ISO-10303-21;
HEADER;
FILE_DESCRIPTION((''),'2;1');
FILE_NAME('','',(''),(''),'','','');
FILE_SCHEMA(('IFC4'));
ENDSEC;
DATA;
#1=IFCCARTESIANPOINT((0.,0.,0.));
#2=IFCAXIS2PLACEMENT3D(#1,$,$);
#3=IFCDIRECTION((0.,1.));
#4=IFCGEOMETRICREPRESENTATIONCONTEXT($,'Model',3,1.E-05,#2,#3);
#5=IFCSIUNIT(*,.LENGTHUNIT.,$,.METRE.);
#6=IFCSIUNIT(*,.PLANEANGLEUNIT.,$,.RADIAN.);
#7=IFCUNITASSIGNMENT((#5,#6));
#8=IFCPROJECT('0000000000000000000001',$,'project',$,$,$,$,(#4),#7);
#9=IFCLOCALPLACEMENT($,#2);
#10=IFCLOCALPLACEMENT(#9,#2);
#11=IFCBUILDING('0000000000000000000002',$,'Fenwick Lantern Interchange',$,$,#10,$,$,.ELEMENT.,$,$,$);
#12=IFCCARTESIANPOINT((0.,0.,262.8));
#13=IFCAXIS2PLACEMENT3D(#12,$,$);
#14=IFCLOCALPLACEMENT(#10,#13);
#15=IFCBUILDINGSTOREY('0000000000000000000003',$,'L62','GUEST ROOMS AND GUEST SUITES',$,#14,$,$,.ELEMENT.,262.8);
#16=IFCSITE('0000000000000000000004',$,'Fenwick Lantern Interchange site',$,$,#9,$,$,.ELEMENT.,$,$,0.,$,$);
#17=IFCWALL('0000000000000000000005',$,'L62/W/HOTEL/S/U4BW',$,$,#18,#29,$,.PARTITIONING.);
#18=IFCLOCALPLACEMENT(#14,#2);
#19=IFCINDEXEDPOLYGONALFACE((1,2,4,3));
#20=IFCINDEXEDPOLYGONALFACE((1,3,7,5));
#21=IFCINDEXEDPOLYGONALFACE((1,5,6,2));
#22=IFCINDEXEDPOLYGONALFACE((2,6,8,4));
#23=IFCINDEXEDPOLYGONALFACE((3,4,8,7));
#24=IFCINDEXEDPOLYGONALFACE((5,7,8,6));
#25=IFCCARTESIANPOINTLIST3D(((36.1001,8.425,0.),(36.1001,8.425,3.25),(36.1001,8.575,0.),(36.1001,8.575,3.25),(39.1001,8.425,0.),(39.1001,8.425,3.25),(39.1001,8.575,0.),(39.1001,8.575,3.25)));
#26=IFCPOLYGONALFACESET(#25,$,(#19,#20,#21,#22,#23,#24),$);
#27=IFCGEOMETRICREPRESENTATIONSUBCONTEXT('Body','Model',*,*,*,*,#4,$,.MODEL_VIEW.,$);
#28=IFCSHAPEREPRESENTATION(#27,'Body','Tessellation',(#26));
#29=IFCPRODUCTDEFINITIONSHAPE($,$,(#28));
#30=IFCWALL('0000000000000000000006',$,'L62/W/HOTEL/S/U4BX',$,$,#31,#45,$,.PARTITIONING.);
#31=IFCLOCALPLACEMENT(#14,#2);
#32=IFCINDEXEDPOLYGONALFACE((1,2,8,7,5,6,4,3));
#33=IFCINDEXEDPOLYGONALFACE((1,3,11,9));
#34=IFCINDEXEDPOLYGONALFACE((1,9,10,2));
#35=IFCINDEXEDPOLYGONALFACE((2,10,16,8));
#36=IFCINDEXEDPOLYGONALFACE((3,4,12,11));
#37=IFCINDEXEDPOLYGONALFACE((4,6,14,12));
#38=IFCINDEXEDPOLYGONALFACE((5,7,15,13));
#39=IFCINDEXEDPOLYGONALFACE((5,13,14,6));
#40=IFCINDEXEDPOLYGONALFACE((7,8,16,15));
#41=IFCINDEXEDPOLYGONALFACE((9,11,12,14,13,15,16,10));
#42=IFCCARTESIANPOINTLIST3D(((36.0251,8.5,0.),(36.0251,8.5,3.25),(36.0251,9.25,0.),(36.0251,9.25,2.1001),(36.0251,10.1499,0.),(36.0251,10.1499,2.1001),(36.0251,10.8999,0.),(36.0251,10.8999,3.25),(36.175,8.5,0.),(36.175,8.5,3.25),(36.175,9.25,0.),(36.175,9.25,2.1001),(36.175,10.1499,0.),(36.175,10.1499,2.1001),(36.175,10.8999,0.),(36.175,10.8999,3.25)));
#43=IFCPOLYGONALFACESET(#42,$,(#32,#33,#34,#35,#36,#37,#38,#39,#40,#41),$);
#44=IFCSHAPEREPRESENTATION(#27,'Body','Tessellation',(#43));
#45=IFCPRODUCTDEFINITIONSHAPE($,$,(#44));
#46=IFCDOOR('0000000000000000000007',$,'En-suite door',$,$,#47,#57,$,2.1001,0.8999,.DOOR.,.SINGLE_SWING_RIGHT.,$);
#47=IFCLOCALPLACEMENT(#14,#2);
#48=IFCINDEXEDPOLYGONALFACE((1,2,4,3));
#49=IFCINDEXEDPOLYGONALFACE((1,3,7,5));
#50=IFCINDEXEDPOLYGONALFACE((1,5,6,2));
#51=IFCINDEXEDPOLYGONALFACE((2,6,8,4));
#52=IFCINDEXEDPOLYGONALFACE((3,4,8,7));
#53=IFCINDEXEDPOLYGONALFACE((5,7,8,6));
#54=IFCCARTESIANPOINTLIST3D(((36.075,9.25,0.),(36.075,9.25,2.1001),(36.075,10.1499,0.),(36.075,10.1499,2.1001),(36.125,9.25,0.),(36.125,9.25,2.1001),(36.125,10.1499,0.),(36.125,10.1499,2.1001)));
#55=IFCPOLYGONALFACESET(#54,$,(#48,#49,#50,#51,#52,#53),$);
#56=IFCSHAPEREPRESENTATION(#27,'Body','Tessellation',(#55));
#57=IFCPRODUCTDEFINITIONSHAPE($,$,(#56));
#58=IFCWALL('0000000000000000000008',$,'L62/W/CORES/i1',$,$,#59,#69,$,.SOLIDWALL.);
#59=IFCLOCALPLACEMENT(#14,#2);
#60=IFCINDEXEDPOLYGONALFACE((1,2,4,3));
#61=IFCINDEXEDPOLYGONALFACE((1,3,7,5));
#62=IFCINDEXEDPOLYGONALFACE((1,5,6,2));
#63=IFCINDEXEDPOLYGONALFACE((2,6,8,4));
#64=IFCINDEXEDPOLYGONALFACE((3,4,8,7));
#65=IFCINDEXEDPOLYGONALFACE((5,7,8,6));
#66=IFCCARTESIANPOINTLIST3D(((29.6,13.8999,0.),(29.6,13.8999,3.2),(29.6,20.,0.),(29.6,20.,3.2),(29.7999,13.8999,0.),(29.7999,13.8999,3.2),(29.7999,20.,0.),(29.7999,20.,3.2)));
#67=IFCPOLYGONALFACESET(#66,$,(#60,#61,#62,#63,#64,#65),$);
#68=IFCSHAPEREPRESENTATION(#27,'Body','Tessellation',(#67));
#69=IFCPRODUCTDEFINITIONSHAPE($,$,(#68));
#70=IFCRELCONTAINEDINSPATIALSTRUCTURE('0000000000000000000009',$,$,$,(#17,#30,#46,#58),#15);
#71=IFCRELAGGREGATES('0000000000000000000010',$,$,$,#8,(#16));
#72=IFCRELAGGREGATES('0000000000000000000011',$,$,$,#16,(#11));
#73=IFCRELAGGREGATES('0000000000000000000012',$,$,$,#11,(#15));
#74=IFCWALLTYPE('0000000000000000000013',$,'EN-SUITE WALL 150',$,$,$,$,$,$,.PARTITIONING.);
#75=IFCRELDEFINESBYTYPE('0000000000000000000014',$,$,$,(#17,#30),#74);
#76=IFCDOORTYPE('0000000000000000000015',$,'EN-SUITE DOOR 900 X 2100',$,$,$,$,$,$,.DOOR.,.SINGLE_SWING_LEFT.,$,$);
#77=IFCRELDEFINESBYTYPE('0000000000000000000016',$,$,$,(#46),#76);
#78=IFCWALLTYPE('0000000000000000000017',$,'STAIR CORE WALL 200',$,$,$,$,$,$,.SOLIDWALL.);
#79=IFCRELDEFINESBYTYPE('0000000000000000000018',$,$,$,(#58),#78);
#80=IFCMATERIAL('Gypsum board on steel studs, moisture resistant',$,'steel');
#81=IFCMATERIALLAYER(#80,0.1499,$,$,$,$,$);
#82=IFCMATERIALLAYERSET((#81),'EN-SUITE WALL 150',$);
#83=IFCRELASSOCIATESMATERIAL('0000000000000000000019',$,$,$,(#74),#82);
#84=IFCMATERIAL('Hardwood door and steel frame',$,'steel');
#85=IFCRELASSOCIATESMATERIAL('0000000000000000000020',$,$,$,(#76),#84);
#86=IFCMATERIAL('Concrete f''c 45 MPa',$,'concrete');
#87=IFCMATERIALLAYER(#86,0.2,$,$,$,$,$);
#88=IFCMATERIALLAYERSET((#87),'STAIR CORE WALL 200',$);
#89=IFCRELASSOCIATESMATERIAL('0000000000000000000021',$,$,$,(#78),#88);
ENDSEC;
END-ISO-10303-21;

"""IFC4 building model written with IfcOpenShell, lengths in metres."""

from ifc_helpers import new_model, si_unit, direction, frame, frame_2d, origin, place, context, subcontext, project, spatial, rectangle, extrude, material, layer, layer_set, type_object, element, fill, save


model = new_model("IFC4")

# Units and contexts
model_context = context("Model", 3, precision=1e-05, world=origin(), true_north=direction((0.0, 1.0)))
body_context = subcontext(model_context, "Body", "Model", "MODEL_VIEW")
ifc_project = project(units=[si_unit("LENGTHUNIT", "METRE"), si_unit("PLANEANGLEUNIT", "RADIAN")], contexts=[model_context])

# Site, building, storey
site_placement = place(None, origin())
site = spatial("IfcSite", under=ifc_project, at=site_placement, Name="Fenwick Lantern Interchange site", CompositionType="ELEMENT", RefElevation=0.0)
building_placement = place(site_placement, origin())
building = spatial("IfcBuilding", under=site, at=building_placement, Name="Fenwick Lantern Interchange", CompositionType="ELEMENT")
storey_placement = place(building_placement, frame((0.0, 0.0, 262.8)))
storey = spatial("IfcBuildingStorey", under=building, at=storey_placement, Name="L62", Description="GUEST ROOMS AND GUEST SUITES", CompositionType="ELEMENT", Elevation=262.8)

# Shared definitions
ifc_material_1 = material(Name="Hardwood door and steel frame", Category="steel")

# Shared definitions
ifc_material_2 = material(Name="Gypsum board on steel studs, moisture resistant", Category="steel")
ifc_layer_1 = layer(ifc_material_2, 0.1499)
ifc_layer_set_1 = layer_set([ifc_layer_1], Name="EN-SUITE WALL 150")
wall_type_1 = type_object("IfcWallType", Name="EN-SUITE WALL 150", PredefinedType="PARTITIONING", material=ifc_layer_set_1)

# Wall
wall_1_placement = place(storey_placement, frame((36.1001, 8.5, 0.0), z_axis=(0.0, 0.0, 1.0), x_axis=(1.0, 0.0, 0.0)))
element("IfcWall", 1, at=wall_1_placement, inside=storey, type_object=wall_type_1, Name="L62/W/HOTEL/S/U4BW", PredefinedType="PARTITIONING", context=body_context, shape_type="SweptSolid", body=[
    extrude(rectangle(XDim=3.0, YDim=0.1499, at=frame_2d((1.5, 0.0))), origin(), (0.0, 0.0, 1.0), 3.25),
])

# Wall, opening, door
wall_2_placement = place(storey_placement, frame((36.1001, 8.5, 0.0), z_axis=(0.0, 0.0, 1.0), x_axis=(0.0, 1.0, 0.0)))
wall_2 = element("IfcWall", 2, at=wall_2_placement, inside=storey, type_object=wall_type_1, Name="L62/W/HOTEL/S/U4BX", PredefinedType="PARTITIONING", context=body_context, shape_type="SweptSolid", body=[
    extrude(rectangle(XDim=2.3999, YDim=0.1499, at=frame_2d((1.2, 0.0))), origin(), (0.0, 0.0, 1.0), 3.25),
])
opening_1_placement = place(wall_2_placement, frame((0.75, 0.0, 0.0)))
opening_1 = element("IfcOpeningElement", 3, at=opening_1_placement, cuts=wall_2, PredefinedType="OPENING", context=body_context, shape_type="SweptSolid", body=[
    extrude(rectangle(XDim=0.8999, YDim=2.1001, at=frame_2d((0.45, 1.05))), frame((0.0, 0.085, 0.0), z_axis=(0.0, -1.0, 0.0), x_axis=(1.0, 0.0, 0.0)), (0.0, 0.0, 1.0), 0.1699),
])
door_type_1 = type_object("IfcDoorType", Name="EN-SUITE DOOR 900 X 2100", OperationType="SINGLE_SWING_LEFT", PredefinedType="DOOR", material=ifc_material_1)
door_1_placement = place(opening_1_placement, frame((0.8999, 0.0, 0.0), z_axis=(0.0, 0.0, 1.0), x_axis=(-1.0, 0.0, 0.0)))
door_1 = element("IfcDoor", 4, at=door_1_placement, inside=storey, type_object=door_type_1, Name="En-suite door", OperationType="SINGLE_SWING_RIGHT", OverallHeight=2.1001, OverallWidth=0.8999, PredefinedType="DOOR", context=body_context, shape_type="SweptSolid", body=[
    extrude(rectangle(XDim=0.8999, YDim=2.1001, at=frame_2d((0.45, 1.05))), frame((0.0, 0.0249, 0.0), z_axis=(0.0, -1.0, 0.0), x_axis=(1.0, 0.0, 0.0)), (0.0, 0.0, 1.0), 0.05),
])
fill(opening_1, door_1)

# Wall
ifc_material_3 = material(Name="Concrete f'c 45 MPa", Category="concrete")
ifc_layer_2 = layer(ifc_material_3, 0.2)
ifc_layer_set_2 = layer_set([ifc_layer_2], Name="STAIR CORE WALL 200")
wall_type_2 = type_object("IfcWallType", Name="STAIR CORE WALL 200", PredefinedType="SOLIDWALL", material=ifc_layer_set_2)
wall_3_placement = place(storey_placement, frame((29.7, 13.8999, 0.0), z_axis=(0.0, 0.0, 1.0), x_axis=(0.0, 1.0, 0.0)))
element("IfcWall", 5, at=wall_3_placement, inside=storey, type_object=wall_type_2, Name="L62/W/CORES/i1", PredefinedType="SOLIDWALL", context=body_context, shape_type="SweptSolid", body=[
    extrude(rectangle(XDim=6.1001, YDim=0.2, at=frame_2d((3.05, 0.0))), origin(), (0.0, 0.0, 1.0), 3.2),
])

save(model, "model.ifc")
